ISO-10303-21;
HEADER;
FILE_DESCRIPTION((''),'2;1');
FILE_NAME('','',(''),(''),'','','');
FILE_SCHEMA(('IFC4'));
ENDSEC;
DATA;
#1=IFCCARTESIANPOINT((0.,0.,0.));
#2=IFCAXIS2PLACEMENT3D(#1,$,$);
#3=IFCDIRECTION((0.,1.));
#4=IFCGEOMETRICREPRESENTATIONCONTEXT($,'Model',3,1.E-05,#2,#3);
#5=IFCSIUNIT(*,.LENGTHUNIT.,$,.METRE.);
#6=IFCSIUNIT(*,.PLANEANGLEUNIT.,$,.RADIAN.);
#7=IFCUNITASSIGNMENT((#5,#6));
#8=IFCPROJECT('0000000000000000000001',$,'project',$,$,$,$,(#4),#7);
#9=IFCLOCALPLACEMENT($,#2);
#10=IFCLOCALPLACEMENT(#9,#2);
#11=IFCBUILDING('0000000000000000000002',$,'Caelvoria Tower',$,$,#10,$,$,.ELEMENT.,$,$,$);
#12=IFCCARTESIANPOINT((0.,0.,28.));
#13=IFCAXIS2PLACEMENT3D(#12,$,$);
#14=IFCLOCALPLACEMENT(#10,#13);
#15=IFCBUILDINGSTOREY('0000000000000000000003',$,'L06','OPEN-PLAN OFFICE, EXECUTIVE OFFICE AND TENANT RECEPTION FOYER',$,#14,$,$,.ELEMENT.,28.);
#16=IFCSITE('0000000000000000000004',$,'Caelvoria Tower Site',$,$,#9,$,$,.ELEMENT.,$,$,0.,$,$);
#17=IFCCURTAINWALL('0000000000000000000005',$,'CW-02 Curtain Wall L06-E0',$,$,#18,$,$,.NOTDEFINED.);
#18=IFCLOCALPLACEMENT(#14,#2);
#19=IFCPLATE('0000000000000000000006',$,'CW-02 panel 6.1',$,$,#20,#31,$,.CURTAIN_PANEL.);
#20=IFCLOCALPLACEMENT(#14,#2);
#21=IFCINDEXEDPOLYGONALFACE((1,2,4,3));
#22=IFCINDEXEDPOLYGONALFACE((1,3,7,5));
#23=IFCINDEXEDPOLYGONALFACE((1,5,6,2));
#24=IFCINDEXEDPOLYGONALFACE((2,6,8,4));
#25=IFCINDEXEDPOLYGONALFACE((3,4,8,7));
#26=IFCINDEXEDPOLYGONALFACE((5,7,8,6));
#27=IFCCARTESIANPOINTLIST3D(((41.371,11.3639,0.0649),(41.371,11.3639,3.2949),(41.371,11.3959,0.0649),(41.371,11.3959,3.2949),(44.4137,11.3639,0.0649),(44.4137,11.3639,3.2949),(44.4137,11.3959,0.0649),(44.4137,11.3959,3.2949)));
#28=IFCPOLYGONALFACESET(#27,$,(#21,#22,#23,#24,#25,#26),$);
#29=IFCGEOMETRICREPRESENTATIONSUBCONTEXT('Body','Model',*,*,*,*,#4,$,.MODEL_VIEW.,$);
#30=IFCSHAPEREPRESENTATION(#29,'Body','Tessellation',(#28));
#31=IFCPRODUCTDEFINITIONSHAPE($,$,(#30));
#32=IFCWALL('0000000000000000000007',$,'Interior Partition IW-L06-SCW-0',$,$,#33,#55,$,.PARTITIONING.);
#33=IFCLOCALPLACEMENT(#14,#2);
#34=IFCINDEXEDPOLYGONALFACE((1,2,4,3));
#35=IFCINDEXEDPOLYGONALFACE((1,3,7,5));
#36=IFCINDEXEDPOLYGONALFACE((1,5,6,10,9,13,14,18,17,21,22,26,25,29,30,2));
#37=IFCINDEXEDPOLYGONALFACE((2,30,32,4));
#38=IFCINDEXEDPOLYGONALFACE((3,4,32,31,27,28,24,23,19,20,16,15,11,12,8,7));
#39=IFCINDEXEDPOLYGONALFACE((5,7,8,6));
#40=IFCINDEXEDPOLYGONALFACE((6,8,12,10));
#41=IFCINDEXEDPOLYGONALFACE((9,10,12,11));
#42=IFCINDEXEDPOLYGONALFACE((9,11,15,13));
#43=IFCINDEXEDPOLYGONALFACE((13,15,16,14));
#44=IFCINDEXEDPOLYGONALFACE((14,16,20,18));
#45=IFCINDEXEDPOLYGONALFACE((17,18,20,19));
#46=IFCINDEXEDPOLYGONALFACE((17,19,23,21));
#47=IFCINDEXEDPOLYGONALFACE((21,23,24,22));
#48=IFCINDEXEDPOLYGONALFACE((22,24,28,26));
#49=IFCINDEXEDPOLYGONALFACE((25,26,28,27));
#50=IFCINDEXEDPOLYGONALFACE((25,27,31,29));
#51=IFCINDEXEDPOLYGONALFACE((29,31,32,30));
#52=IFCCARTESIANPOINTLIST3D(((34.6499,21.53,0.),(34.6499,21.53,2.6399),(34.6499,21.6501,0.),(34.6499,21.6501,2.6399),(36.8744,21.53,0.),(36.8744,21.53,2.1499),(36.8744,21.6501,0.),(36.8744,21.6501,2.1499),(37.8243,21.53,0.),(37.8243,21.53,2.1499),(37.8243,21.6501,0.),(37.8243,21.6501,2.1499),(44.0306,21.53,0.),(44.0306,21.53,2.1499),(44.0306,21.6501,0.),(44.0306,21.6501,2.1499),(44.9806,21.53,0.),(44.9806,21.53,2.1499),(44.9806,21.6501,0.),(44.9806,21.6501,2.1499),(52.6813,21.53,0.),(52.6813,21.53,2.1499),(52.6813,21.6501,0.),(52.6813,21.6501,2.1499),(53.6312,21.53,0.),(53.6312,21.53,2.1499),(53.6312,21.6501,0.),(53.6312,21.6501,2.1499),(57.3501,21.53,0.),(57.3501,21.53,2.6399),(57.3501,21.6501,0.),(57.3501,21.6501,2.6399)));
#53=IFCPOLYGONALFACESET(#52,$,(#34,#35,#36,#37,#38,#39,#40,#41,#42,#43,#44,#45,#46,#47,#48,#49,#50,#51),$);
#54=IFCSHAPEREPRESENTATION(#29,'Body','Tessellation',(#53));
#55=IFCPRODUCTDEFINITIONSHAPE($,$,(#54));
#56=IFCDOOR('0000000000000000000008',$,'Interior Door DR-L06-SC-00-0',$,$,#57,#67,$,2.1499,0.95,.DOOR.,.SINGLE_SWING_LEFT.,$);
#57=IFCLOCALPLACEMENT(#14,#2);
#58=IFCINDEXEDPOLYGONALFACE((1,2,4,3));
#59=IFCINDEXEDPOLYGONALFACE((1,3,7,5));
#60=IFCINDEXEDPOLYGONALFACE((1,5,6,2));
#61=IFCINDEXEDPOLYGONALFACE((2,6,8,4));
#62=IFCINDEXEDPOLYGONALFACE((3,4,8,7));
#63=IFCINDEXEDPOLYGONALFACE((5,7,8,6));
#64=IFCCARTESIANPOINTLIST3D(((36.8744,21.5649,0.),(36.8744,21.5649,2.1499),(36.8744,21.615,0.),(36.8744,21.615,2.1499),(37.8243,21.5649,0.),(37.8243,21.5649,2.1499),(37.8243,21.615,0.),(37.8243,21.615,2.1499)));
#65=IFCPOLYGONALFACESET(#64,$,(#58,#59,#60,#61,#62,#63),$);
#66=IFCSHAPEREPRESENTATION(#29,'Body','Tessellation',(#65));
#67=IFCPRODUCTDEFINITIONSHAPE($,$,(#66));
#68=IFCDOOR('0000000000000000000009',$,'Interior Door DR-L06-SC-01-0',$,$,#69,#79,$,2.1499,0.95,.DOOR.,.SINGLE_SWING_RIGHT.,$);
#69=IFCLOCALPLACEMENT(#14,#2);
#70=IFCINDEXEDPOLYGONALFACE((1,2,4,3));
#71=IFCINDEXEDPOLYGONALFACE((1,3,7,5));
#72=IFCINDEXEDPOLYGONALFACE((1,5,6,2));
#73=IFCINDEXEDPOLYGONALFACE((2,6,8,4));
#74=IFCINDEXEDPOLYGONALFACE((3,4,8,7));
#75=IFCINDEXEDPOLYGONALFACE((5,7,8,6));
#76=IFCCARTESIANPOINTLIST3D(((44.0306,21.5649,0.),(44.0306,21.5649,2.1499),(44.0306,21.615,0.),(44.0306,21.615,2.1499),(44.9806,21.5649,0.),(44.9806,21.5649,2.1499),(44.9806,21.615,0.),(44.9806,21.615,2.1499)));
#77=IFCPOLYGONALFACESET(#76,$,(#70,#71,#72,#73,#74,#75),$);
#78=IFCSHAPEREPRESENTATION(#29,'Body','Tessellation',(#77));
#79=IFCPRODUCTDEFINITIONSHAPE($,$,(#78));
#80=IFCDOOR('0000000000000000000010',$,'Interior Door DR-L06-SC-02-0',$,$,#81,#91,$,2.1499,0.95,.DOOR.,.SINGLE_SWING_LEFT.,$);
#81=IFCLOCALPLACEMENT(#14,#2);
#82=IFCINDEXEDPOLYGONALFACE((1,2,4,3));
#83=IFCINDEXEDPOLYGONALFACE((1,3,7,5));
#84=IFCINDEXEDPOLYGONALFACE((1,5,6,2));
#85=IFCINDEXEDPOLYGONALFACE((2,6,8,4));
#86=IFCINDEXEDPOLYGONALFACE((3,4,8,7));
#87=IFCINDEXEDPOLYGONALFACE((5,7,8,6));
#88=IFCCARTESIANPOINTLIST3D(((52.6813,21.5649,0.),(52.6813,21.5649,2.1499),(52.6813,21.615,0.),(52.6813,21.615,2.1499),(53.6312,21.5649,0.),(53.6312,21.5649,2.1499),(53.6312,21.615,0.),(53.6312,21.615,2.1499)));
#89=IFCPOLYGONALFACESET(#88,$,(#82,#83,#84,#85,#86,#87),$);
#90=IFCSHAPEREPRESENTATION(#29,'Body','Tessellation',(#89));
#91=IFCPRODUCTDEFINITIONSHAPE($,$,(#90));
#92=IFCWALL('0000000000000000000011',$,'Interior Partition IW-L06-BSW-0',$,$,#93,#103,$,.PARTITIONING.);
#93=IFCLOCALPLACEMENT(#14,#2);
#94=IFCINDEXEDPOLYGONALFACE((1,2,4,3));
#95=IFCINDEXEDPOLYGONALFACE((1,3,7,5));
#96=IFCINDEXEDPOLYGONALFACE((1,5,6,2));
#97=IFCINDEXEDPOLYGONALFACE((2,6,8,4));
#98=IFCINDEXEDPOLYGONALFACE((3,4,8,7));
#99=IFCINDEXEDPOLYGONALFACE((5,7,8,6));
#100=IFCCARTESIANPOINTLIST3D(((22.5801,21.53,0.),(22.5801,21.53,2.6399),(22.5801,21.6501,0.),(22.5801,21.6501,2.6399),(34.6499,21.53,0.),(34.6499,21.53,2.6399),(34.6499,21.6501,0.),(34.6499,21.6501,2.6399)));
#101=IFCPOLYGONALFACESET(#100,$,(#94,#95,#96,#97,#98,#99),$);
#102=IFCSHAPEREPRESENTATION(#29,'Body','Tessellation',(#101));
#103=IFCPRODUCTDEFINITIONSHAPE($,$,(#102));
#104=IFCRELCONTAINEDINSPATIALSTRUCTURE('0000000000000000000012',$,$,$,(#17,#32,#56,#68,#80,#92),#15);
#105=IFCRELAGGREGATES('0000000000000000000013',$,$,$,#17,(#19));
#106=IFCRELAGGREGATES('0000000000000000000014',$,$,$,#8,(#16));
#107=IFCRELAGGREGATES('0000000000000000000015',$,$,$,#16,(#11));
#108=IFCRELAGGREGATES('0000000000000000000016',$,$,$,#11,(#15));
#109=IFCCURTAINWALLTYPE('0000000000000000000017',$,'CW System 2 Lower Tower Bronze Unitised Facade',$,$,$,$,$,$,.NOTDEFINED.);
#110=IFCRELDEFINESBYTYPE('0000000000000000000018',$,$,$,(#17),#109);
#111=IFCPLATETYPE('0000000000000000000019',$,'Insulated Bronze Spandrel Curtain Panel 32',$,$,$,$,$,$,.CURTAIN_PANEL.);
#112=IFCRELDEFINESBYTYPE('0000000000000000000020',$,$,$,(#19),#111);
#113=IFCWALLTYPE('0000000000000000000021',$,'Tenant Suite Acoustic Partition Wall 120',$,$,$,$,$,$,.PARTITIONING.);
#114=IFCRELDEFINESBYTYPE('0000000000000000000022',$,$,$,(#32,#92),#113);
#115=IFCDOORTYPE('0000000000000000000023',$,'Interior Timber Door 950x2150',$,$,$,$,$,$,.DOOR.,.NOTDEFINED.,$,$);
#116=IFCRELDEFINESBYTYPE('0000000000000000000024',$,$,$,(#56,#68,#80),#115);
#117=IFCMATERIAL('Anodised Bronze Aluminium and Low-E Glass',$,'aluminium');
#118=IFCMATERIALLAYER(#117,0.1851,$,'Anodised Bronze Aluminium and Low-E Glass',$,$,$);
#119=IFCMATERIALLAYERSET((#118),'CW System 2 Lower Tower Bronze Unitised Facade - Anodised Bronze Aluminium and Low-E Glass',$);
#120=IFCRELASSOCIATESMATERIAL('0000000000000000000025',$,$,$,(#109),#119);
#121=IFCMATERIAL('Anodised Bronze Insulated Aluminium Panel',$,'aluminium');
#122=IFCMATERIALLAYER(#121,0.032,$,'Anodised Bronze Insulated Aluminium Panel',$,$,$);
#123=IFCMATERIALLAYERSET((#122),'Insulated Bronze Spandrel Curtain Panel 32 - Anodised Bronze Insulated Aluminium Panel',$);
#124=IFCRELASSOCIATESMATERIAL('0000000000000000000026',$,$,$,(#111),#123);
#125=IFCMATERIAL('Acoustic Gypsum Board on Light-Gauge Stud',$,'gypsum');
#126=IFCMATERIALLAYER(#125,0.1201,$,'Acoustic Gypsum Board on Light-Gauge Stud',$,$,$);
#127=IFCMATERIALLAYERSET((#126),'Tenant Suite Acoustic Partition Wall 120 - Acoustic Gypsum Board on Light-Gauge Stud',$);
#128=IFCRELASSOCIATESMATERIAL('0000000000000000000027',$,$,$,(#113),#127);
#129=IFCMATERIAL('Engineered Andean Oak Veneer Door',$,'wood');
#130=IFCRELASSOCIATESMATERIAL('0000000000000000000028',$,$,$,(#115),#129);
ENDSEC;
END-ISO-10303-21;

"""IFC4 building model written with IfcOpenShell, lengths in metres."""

from ifc_helpers import new_model, si_unit, direction, frame, frame_2d, origin, origin_2d, place, context, subcontext, project, spatial, rectangle, extrude, material, layer, layer_set, type_object, element, fill, aggregate, save


model = new_model("IFC4")

# Units and contexts
model_context = context("Model", 3, precision=1e-05, world=origin(), true_north=direction((0.0, 1.0)))
body_context = subcontext(model_context, "Body", "Model", "MODEL_VIEW")
ifc_project = project(units=[si_unit("LENGTHUNIT", "METRE"), si_unit("PLANEANGLEUNIT", "RADIAN")], contexts=[model_context])

# Site, building, storey
site_placement = place(None, origin())
site = spatial("IfcSite", under=ifc_project, at=site_placement, Name="Caelvoria Tower Site", CompositionType="ELEMENT", RefElevation=0.0)
building_placement = place(site_placement, origin())
building = spatial("IfcBuilding", under=site, at=building_placement, Name="Caelvoria Tower", CompositionType="ELEMENT")
storey_placement = place(building_placement, frame((0.0, 0.0, 28.0)))
storey = spatial("IfcBuildingStorey", under=building, at=storey_placement, Name="L06", Description="OPEN-PLAN OFFICE, EXECUTIVE OFFICE AND TENANT RECEPTION FOYER", CompositionType="ELEMENT", Elevation=28.0)

# Curtain wall
ifc_material_1 = material(Name="Anodised Bronze Aluminium and Low-E Glass", Category="aluminium")
ifc_layer_1 = layer(ifc_material_1, 0.1851, Name="Anodised Bronze Aluminium and Low-E Glass")
ifc_layer_set_1 = layer_set([ifc_layer_1], Name="CW System 2 Lower Tower Bronze Unitised Facade - Anodised Bronze Aluminium and Low-E Glass")
curtain_wall_type = type_object("IfcCurtainWallType", Name="CW System 2 Lower Tower Bronze Unitised Facade", PredefinedType="NOTDEFINED", material=ifc_layer_set_1)
curtain_wall_placement = place(storey_placement, origin())
curtain_wall = element("IfcCurtainWall", 1, at=curtain_wall_placement, inside=storey, type_object=curtain_wall_type, Name="CW-02 Curtain Wall L06-E0", PredefinedType="NOTDEFINED")

# Plate
ifc_material_2 = material(Name="Anodised Bronze Insulated Aluminium Panel", Category="aluminium")
ifc_layer_2 = layer(ifc_material_2, 0.032, Name="Anodised Bronze Insulated Aluminium Panel")
ifc_layer_set_2 = layer_set([ifc_layer_2], Name="Insulated Bronze Spandrel Curtain Panel 32 - Anodised Bronze Insulated Aluminium Panel")
plate_type = type_object("IfcPlateType", Name="Insulated Bronze Spandrel Curtain Panel 32", PredefinedType="CURTAIN_PANEL", material=ifc_layer_set_2)
plate_1_placement = place(storey_placement, frame((42.8923, 11.3799, 0.0649), z_axis=(0.0, 0.0, 1.0), x_axis=(1.0, 0.0, 0.0)))
plate_1 = element("IfcPlate", 2, at=plate_1_placement, type_object=plate_type, Name="CW-02 panel 6.1", PredefinedType="CURTAIN_PANEL", context=body_context, shape_type="SweptSolid", body=[
    extrude(rectangle(XDim=3.0427, YDim=0.032, at=origin_2d()), origin(), (0.0, 0.0, 1.0), 3.23),
])
aggregate(curtain_wall, [plate_1])

# Wall, openings, doors
ifc_material_3 = material(Name="Acoustic Gypsum Board on Light-Gauge Stud", Category="gypsum")
ifc_layer_3 = layer(ifc_material_3, 0.1201, Name="Acoustic Gypsum Board on Light-Gauge Stud")
ifc_layer_set_3 = layer_set([ifc_layer_3], Name="Tenant Suite Acoustic Partition Wall 120 - Acoustic Gypsum Board on Light-Gauge Stud")
wall_type = type_object("IfcWallType", Name="Tenant Suite Acoustic Partition Wall 120", PredefinedType="PARTITIONING", material=ifc_layer_set_3)
wall_1_placement = place(storey_placement, frame((34.6499, 21.5901, 0.0), z_axis=(0.0, 0.0, 1.0), x_axis=(1.0, 0.0, 0.0)))
wall_1 = element("IfcWall", 3, at=wall_1_placement, inside=storey, type_object=wall_type, Name="Interior Partition IW-L06-SCW-0", PredefinedType="PARTITIONING", context=body_context, shape_type="SweptSolid", body=[
    extrude(rectangle(XDim=22.7002, YDim=0.1201, at=frame_2d((11.3501, 0.0))), origin(), (0.0, 0.0, 1.0), 2.6399),
])
opening_1_placement = place(wall_1_placement, frame((2.2244, 0.0, 0.0)))
opening_1 = element("IfcOpeningElement", 4, at=opening_1_placement, cuts=wall_1, PredefinedType="OPENING", context=body_context, shape_type="SweptSolid", body=[
    extrude(rectangle(XDim=0.95, YDim=2.1499, at=frame_2d((0.4751, 1.075))), frame((0.0, 0.0701, 0.0), z_axis=(0.0, -1.0, 0.0), x_axis=(1.0, 0.0, 0.0)), (0.0, 0.0, 1.0), 0.1401),
])
opening_2_placement = place(wall_1_placement, frame((9.3806, 0.0, 0.0)))
opening_2 = element("IfcOpeningElement", 5, at=opening_2_placement, cuts=wall_1, PredefinedType="OPENING", context=body_context, shape_type="SweptSolid", body=[
    extrude(rectangle(XDim=0.95, YDim=2.1499, at=frame_2d((0.4751, 1.075))), frame((0.0, 0.0701, 0.0), z_axis=(0.0, -1.0, 0.0), x_axis=(1.0, 0.0, 0.0)), (0.0, 0.0, 1.0), 0.1401),
])
opening_3_placement = place(wall_1_placement, frame((18.0312, 0.0, 0.0)))
opening_3 = element("IfcOpeningElement", 6, at=opening_3_placement, cuts=wall_1, PredefinedType="OPENING", context=body_context, shape_type="SweptSolid", body=[
    extrude(rectangle(XDim=0.95, YDim=2.1499, at=frame_2d((0.4751, 1.075))), frame((0.0, 0.0701, 0.0), z_axis=(0.0, -1.0, 0.0), x_axis=(1.0, 0.0, 0.0)), (0.0, 0.0, 1.0), 0.1401),
])
ifc_material_4 = material(Name="Engineered Andean Oak Veneer Door", Category="wood")
door_type = type_object("IfcDoorType", Name="Interior Timber Door 950x2150", OperationType="NOTDEFINED", PredefinedType="DOOR", material=ifc_material_4)
door_1_placement = place(opening_1_placement, origin())
door_1 = element("IfcDoor", 7, at=door_1_placement, inside=storey, type_object=door_type, Name="Interior Door DR-L06-SC-00-0", OperationType="SINGLE_SWING_LEFT", OverallHeight=2.1499, OverallWidth=0.95, PredefinedType="DOOR", context=body_context, shape_type="SweptSolid", body=[
    extrude(rectangle(XDim=0.95, YDim=2.1499, at=frame_2d((0.4751, 1.075))), frame((0.0, 0.0249, 0.0), z_axis=(0.0, -1.0, 0.0), x_axis=(1.0, 0.0, 0.0)), (0.0, 0.0, 1.0), 0.05),
])
fill(opening_1, door_1)
door_2_placement = place(opening_2_placement, origin())
door_2 = element("IfcDoor", 8, at=door_2_placement, inside=storey, type_object=door_type, Name="Interior Door DR-L06-SC-01-0", OperationType="SINGLE_SWING_RIGHT", OverallHeight=2.1499, OverallWidth=0.95, PredefinedType="DOOR", context=body_context, shape_type="SweptSolid", body=[
    extrude(rectangle(XDim=0.95, YDim=2.1499, at=frame_2d((0.4751, 1.075))), frame((0.0, 0.0249, 0.0), z_axis=(0.0, -1.0, 0.0), x_axis=(1.0, 0.0, 0.0)), (0.0, 0.0, 1.0), 0.05),
])
fill(opening_2, door_2)
door_3_placement = place(opening_3_placement, origin())
door_3 = element("IfcDoor", 9, at=door_3_placement, inside=storey, type_object=door_type, Name="Interior Door DR-L06-SC-02-0", OperationType="SINGLE_SWING_LEFT", OverallHeight=2.1499, OverallWidth=0.95, PredefinedType="DOOR", context=body_context, shape_type="SweptSolid", body=[
    extrude(rectangle(XDim=0.95, YDim=2.1499, at=frame_2d((0.4751, 1.075))), frame((0.0, 0.0249, 0.0), z_axis=(0.0, -1.0, 0.0), x_axis=(1.0, 0.0, 0.0)), (0.0, 0.0, 1.0), 0.05),
])
fill(opening_3, door_3)

# Wall
wall_2_placement = place(storey_placement, frame((34.6499, 21.5901, 0.0), z_axis=(0.0, 0.0, 1.0), x_axis=(-1.0, 0.0, 0.0)))
element("IfcWall", 10, at=wall_2_placement, inside=storey, type_object=wall_type, Name="Interior Partition IW-L06-BSW-0", PredefinedType="PARTITIONING", context=body_context, shape_type="SweptSolid", body=[
    extrude(rectangle(XDim=12.0698, YDim=0.1201, at=frame_2d((6.0349, 0.0))), origin(), (0.0, 0.0, 1.0), 2.6399),
])

save(model, "model.ifc")
